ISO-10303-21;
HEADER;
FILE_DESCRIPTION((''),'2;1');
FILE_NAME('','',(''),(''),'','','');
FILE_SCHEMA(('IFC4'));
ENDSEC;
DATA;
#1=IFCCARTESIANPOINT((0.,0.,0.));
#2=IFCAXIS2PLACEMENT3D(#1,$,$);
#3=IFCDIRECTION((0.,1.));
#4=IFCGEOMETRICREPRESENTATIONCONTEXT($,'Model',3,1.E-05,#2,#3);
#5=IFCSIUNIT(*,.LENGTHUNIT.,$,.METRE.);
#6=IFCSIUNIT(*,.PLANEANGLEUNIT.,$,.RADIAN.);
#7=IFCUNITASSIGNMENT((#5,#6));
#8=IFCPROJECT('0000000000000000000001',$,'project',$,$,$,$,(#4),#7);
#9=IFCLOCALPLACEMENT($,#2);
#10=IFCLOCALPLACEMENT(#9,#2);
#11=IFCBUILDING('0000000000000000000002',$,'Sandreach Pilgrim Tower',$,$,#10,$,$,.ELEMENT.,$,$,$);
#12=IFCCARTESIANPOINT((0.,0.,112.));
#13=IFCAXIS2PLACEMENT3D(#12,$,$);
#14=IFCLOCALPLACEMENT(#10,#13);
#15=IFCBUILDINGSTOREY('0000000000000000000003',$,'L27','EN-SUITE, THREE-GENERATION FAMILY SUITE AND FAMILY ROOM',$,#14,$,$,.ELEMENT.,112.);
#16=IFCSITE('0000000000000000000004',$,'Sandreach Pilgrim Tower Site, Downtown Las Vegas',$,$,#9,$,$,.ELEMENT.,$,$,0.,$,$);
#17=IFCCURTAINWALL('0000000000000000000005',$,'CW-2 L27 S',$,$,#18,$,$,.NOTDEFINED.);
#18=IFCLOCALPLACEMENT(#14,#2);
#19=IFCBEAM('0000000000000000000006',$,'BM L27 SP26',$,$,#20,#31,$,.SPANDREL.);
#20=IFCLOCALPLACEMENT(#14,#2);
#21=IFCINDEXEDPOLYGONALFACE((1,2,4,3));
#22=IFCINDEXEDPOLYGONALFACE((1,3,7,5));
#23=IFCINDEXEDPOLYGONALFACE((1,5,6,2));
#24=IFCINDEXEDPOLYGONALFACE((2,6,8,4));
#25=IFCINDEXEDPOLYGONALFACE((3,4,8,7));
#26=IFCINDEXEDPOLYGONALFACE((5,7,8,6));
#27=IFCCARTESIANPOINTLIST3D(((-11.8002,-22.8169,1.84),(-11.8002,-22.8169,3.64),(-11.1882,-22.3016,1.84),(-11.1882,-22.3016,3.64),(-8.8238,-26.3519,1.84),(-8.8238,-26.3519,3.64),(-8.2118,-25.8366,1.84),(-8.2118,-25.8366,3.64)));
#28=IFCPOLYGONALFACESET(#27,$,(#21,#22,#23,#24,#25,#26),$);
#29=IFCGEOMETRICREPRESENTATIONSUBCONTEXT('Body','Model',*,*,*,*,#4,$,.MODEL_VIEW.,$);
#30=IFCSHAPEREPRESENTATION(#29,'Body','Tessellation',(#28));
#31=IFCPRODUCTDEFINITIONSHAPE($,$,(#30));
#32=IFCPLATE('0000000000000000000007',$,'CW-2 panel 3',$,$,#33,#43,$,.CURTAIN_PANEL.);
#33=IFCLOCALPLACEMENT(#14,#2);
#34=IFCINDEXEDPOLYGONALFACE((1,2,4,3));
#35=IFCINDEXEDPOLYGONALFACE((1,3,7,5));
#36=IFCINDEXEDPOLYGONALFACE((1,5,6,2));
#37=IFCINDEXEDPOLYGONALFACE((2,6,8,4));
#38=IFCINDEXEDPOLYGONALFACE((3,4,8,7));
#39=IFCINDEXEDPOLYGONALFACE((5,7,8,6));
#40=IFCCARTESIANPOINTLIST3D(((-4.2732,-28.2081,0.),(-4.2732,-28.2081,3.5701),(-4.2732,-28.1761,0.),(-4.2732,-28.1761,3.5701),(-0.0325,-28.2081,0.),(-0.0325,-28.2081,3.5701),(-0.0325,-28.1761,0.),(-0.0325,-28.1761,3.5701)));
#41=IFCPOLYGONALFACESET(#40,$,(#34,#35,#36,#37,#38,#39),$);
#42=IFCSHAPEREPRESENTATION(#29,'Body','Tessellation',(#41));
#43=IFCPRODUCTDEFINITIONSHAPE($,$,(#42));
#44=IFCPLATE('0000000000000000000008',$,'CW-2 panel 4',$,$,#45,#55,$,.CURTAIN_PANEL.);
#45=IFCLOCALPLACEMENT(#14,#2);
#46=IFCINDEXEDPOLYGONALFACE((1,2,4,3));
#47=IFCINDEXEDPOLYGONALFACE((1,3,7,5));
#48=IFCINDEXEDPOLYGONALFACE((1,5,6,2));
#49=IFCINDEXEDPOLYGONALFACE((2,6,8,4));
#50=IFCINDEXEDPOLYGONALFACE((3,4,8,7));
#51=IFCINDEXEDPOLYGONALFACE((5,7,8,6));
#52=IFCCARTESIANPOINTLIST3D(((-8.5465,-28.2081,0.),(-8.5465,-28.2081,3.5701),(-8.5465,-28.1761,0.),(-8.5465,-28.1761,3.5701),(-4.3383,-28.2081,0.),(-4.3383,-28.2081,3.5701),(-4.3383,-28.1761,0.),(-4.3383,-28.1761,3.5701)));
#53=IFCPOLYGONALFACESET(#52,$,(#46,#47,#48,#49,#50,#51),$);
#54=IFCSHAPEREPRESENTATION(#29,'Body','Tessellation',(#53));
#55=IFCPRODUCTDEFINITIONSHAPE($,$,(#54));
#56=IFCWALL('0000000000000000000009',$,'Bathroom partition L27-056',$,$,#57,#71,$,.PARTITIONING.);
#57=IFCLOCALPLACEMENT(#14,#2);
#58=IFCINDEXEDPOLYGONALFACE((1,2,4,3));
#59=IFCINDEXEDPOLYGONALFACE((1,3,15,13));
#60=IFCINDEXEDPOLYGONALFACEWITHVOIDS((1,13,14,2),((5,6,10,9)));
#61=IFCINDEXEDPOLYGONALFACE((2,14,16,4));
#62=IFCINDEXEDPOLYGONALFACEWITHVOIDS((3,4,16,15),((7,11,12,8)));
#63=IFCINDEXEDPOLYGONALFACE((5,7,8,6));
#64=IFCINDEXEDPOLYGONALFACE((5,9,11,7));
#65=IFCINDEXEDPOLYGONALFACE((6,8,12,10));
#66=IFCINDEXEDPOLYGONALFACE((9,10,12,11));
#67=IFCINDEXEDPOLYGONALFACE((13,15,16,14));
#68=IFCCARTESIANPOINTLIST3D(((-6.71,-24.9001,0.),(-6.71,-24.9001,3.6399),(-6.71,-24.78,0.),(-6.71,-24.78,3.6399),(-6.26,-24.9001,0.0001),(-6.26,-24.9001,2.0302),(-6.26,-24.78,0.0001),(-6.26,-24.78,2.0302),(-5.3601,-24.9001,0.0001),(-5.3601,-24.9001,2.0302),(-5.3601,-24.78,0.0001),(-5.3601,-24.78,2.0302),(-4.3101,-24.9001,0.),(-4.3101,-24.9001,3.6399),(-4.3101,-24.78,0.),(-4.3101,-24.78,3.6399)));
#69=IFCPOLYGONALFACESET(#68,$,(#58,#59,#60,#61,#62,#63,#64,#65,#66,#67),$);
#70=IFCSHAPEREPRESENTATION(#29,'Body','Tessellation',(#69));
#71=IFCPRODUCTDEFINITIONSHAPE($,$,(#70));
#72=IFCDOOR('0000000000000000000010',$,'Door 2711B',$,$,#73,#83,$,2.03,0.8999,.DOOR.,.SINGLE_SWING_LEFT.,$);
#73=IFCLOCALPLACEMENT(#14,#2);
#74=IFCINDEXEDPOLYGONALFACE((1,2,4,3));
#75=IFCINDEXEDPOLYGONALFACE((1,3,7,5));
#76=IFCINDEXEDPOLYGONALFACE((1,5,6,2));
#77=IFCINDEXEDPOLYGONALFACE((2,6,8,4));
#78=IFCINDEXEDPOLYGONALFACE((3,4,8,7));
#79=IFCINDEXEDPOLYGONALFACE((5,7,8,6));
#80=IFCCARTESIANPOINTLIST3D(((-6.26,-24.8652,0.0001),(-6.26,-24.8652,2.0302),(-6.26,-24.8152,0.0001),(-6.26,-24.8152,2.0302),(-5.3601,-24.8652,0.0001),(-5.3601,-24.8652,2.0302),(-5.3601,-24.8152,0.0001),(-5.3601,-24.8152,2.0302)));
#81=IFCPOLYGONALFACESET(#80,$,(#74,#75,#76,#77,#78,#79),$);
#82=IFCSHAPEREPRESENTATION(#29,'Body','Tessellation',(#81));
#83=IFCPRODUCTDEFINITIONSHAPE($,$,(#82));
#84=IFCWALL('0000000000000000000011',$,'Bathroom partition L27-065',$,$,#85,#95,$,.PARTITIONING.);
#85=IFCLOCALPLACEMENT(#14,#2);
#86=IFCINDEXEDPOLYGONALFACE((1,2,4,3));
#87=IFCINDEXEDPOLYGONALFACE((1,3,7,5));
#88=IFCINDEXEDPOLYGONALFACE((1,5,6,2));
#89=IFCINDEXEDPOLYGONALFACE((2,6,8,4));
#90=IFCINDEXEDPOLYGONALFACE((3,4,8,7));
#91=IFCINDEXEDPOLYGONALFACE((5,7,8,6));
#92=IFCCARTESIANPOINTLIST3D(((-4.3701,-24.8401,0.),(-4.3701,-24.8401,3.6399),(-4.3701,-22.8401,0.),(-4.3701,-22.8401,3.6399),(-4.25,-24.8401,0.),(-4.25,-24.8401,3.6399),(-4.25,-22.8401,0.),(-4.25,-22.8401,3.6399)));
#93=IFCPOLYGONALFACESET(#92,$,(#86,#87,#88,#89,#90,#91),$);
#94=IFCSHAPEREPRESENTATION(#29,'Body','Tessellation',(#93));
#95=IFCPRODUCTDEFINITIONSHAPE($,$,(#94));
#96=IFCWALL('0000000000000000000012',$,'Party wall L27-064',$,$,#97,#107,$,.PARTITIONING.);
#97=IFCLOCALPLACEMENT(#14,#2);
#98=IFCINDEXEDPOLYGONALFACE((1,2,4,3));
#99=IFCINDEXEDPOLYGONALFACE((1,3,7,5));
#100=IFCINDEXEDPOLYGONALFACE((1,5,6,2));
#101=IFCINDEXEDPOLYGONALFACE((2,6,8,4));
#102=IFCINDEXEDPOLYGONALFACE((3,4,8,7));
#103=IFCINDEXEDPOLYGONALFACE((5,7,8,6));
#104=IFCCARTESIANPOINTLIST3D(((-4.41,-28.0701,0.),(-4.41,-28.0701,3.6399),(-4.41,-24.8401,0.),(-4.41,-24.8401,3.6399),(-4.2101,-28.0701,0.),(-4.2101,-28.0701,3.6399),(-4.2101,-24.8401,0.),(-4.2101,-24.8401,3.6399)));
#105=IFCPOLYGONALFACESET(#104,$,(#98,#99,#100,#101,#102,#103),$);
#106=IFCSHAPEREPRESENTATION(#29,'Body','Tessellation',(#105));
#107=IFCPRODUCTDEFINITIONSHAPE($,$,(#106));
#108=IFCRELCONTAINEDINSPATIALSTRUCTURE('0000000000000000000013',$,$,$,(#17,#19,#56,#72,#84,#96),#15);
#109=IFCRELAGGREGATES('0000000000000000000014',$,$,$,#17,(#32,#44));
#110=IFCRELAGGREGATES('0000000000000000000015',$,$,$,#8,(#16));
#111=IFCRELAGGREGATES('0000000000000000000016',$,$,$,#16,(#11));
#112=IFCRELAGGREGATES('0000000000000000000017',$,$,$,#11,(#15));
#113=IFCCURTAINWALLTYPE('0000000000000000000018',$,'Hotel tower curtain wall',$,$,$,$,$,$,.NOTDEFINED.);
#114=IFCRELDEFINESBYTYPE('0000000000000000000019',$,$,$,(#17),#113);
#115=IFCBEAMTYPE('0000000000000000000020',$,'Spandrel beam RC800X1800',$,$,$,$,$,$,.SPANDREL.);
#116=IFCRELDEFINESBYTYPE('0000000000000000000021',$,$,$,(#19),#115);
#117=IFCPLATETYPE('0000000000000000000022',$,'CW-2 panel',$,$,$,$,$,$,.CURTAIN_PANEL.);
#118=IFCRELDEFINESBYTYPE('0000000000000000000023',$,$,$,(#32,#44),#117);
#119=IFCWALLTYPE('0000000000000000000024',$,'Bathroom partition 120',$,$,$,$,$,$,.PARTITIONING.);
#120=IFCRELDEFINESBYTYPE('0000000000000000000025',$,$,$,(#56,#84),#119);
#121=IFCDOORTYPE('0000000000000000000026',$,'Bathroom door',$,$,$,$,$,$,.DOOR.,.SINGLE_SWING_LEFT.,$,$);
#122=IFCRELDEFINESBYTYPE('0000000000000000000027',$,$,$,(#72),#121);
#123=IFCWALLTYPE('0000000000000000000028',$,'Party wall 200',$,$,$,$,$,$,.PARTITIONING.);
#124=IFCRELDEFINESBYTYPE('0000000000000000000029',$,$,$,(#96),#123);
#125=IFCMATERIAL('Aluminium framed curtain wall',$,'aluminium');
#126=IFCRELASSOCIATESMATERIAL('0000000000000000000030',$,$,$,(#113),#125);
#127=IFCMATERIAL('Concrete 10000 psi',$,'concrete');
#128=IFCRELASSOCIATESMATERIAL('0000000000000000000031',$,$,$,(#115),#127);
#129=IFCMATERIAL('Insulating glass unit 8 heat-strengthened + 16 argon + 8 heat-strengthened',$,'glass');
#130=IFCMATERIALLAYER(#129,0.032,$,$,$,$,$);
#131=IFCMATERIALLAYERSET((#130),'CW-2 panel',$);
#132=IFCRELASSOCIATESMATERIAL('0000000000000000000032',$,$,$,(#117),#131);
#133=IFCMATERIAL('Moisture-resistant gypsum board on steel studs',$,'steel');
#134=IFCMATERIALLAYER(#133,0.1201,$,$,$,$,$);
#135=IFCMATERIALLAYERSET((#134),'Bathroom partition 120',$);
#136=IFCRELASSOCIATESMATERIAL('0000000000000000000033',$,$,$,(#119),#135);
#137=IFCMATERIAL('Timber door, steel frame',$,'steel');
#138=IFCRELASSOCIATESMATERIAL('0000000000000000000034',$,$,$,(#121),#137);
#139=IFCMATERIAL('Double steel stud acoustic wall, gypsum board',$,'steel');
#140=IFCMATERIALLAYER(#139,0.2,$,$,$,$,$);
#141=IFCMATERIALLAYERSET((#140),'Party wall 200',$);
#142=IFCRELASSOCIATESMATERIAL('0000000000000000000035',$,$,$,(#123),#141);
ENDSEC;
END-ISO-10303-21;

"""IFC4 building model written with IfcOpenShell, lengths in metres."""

from ifc_helpers import new_model, si_unit, direction, frame, frame_2d, origin, origin_2d, place, context, subcontext, project, spatial, rectangle, extrude, material, layer, layer_set, material_profile, profile_set, type_object, element, fill, aggregate, save


model = new_model("IFC4")

# Units and contexts
model_context = context("Model", 3, precision=1e-05, world=origin(), true_north=direction((0.0, 1.0)))
body_context = subcontext(model_context, "Body", "Model", "MODEL_VIEW")
ifc_project = project(units=[si_unit("LENGTHUNIT", "METRE"), si_unit("PLANEANGLEUNIT", "RADIAN")], contexts=[model_context])

# Site, building, storey
site_placement = place(None, origin())
site = spatial("IfcSite", under=ifc_project, at=site_placement, Name="Sandreach Pilgrim Tower Site, Downtown Las Vegas", CompositionType="ELEMENT", RefElevation=0.0)
building_placement = place(site_placement, origin())
building = spatial("IfcBuilding", under=site, at=building_placement, Name="Sandreach Pilgrim Tower", CompositionType="ELEMENT")
storey_placement = place(building_placement, frame((0.0, 0.0, 112.0)))
storey = spatial("IfcBuildingStorey", under=building, at=storey_placement, Name="L27", Description="EN-SUITE, THREE-GENERATION FAMILY SUITE AND FAMILY ROOM", CompositionType="ELEMENT", Elevation=112.0)

# Curtain wall
ifc_material_1 = material(Name="Aluminium framed curtain wall", Category="aluminium")
curtain_wall_type = type_object("IfcCurtainWallType", Name="Hotel tower curtain wall", PredefinedType="NOTDEFINED", material=ifc_material_1)
curtain_wall_placement = place(storey_placement, origin())
curtain_wall = element("IfcCurtainWall", 1, at=curtain_wall_placement, inside=storey, type_object=curtain_wall_type, Name="CW-2 L27 S", PredefinedType="NOTDEFINED")

# Beam
ifc_material_2 = material(Name="Concrete 10000 psi", Category="concrete")
ifc_material_profile_1 = material_profile(ifc_material_2, rectangle(XDim=0.8, YDim=1.8, at=origin_2d()), Name="RC800X1800")
ifc_profile_set_1 = profile_set([ifc_material_profile_1], Name="Concrete 10000 psi")
beam_type_1 = type_object("IfcBeamType", Name="Spandrel beam RC800X1800", PredefinedType="SPANDREL", material=ifc_profile_set_1)
beam_1_placement = place(storey_placement, frame((-8.5178, -26.0942, 2.74), z_axis=(-0.644079, 0.764959, 0.0), x_axis=(-0.764959, -0.644079, 0.0)))
element("IfcBeam", 2, at=beam_1_placement, inside=storey, type_object=beam_type_1, Name="BM L27 SP26", PredefinedType="SPANDREL", context=body_context, shape_type="SweptSolid", body=[
    extrude(rectangle(XDim=0.8, YDim=1.8, at=origin_2d()), origin(), (0.0, 0.0, 1.0), 4.6211),
])

# Plates
ifc_material_3 = material(Name="Insulating glass unit 8 heat-strengthened + 16 argon + 8 heat-strengthened", Category="glass")
ifc_layer_1 = layer(ifc_material_3, 0.032)
ifc_layer_set_1 = layer_set([ifc_layer_1], Name="CW-2 panel")
plate_type = type_object("IfcPlateType", Name="CW-2 panel", PredefinedType="CURTAIN_PANEL", material=ifc_layer_set_1)
plate_1_placement = place(storey_placement, frame((-2.1528, -28.1921, 0.0), z_axis=(0.0, 0.0, 1.0), x_axis=(-1.0, 0.0, 0.0)))
plate_1 = element("IfcPlate", 3, at=plate_1_placement, type_object=plate_type, Name="CW-2 panel 3", PredefinedType="CURTAIN_PANEL", context=body_context, shape_type="SweptSolid", body=[
    extrude(rectangle(XDim=4.2407, YDim=0.032, at=origin_2d()), origin(), (0.0, 0.0, 1.0), 3.5701),
])
plate_2_placement = place(storey_placement, frame((-6.4424, -28.1921, 0.0), z_axis=(0.0, 0.0, 1.0), x_axis=(-1.0, 0.0, 0.0)))
plate_2 = element("IfcPlate", 4, at=plate_2_placement, type_object=plate_type, Name="CW-2 panel 4", PredefinedType="CURTAIN_PANEL", context=body_context, shape_type="SweptSolid", body=[
    extrude(rectangle(XDim=4.2083, YDim=0.032, at=origin_2d()), origin(), (0.0, 0.0, 1.0), 3.5701),
])
aggregate(curtain_wall, [plate_1, plate_2])

# Wall, opening, door
ifc_material_4 = material(Name="Moisture-resistant gypsum board on steel studs", Category="steel")
ifc_layer_2 = layer(ifc_material_4, 0.1201)
ifc_layer_set_2 = layer_set([ifc_layer_2], Name="Bathroom partition 120")
wall_type_1 = type_object("IfcWallType", Name="Bathroom partition 120", PredefinedType="PARTITIONING", material=ifc_layer_set_2)
wall_1_placement = place(storey_placement, frame((-6.71, -24.8401, 0.0), z_axis=(0.0, 0.0, 1.0), x_axis=(1.0, 0.0, 0.0)))
wall_1 = element("IfcWall", 5, at=wall_1_placement, inside=storey, type_object=wall_type_1, Name="Bathroom partition L27-056", PredefinedType="PARTITIONING", context=body_context, shape_type="SweptSolid", body=[
    extrude(rectangle(XDim=2.3999, YDim=0.1201, at=frame_2d((1.2, 0.0))), origin(), (0.0, 0.0, 1.0), 3.6399),
])
opening_placement = place(wall_1_placement, frame((0.45, 0.0, 0.0)))
opening = element("IfcOpeningElement", 6, at=opening_placement, cuts=wall_1, PredefinedType="OPENING", context=body_context, shape_type="SweptSolid", body=[
    extrude(rectangle(XDim=0.8999, YDim=2.03, at=frame_2d((0.45, 1.0151))), frame((0.0, 0.0601, 0.0), z_axis=(0.0, -1.0, 0.0), x_axis=(1.0, 0.0, 0.0)), (0.0, 0.0, 1.0), 0.1201),
])
ifc_material_5 = material(Name="Timber door, steel frame", Category="steel")
door_type = type_object("IfcDoorType", Name="Bathroom door", OperationType="SINGLE_SWING_LEFT", PredefinedType="DOOR", material=ifc_material_5)
door_placement = place(opening_placement, origin())
door = element("IfcDoor", 7, at=door_placement, inside=storey, type_object=door_type, Name="Door 2711B", OperationType="SINGLE_SWING_LEFT", OverallHeight=2.03, OverallWidth=0.8999, PredefinedType="DOOR", context=body_context, shape_type="SweptSolid", body=[
    extrude(rectangle(XDim=0.8999, YDim=2.03, at=frame_2d((0.45, 1.0151))), frame((0.0, 0.0249, 0.0), z_axis=(0.0, -1.0, 0.0), x_axis=(1.0, 0.0, 0.0)), (0.0, 0.0, 1.0), 0.05),
])
fill(opening, door)

# Walls
wall_2_placement = place(storey_placement, frame((-4.3101, -24.8401, 0.0), z_axis=(0.0, 0.0, 1.0), x_axis=(0.0, 1.0, 0.0)))
element("IfcWall", 8, at=wall_2_placement, inside=storey, type_object=wall_type_1, Name="Bathroom partition L27-065", PredefinedType="PARTITIONING", context=body_context, shape_type="SweptSolid", body=[
    extrude(rectangle(XDim=2.0, YDim=0.1201, at=frame_2d((1.0, 0.0))), origin(), (0.0, 0.0, 1.0), 3.6399),
])
ifc_material_6 = material(Name="Double steel stud acoustic wall, gypsum board", Category="steel")
ifc_layer_3 = layer(ifc_material_6, 0.2)
ifc_layer_set_3 = layer_set([ifc_layer_3], Name="Party wall 200")
wall_type_2 = type_object("IfcWallType", Name="Party wall 200", PredefinedType="PARTITIONING", material=ifc_layer_set_3)
wall_3_placement = place(storey_placement, frame((-4.3101, -28.0701, 0.0), z_axis=(0.0, 0.0, 1.0), x_axis=(0.0, 1.0, 0.0)))
element("IfcWall", 9, at=wall_3_placement, inside=storey, type_object=wall_type_2, Name="Party wall L27-064", PredefinedType="PARTITIONING", context=body_context, shape_type="SweptSolid", body=[
    extrude(rectangle(XDim=3.23, YDim=0.2, at=frame_2d((1.615, 0.0))), origin(), (0.0, 0.0, 1.0), 3.6399),
])

save(model, "model.ifc")
